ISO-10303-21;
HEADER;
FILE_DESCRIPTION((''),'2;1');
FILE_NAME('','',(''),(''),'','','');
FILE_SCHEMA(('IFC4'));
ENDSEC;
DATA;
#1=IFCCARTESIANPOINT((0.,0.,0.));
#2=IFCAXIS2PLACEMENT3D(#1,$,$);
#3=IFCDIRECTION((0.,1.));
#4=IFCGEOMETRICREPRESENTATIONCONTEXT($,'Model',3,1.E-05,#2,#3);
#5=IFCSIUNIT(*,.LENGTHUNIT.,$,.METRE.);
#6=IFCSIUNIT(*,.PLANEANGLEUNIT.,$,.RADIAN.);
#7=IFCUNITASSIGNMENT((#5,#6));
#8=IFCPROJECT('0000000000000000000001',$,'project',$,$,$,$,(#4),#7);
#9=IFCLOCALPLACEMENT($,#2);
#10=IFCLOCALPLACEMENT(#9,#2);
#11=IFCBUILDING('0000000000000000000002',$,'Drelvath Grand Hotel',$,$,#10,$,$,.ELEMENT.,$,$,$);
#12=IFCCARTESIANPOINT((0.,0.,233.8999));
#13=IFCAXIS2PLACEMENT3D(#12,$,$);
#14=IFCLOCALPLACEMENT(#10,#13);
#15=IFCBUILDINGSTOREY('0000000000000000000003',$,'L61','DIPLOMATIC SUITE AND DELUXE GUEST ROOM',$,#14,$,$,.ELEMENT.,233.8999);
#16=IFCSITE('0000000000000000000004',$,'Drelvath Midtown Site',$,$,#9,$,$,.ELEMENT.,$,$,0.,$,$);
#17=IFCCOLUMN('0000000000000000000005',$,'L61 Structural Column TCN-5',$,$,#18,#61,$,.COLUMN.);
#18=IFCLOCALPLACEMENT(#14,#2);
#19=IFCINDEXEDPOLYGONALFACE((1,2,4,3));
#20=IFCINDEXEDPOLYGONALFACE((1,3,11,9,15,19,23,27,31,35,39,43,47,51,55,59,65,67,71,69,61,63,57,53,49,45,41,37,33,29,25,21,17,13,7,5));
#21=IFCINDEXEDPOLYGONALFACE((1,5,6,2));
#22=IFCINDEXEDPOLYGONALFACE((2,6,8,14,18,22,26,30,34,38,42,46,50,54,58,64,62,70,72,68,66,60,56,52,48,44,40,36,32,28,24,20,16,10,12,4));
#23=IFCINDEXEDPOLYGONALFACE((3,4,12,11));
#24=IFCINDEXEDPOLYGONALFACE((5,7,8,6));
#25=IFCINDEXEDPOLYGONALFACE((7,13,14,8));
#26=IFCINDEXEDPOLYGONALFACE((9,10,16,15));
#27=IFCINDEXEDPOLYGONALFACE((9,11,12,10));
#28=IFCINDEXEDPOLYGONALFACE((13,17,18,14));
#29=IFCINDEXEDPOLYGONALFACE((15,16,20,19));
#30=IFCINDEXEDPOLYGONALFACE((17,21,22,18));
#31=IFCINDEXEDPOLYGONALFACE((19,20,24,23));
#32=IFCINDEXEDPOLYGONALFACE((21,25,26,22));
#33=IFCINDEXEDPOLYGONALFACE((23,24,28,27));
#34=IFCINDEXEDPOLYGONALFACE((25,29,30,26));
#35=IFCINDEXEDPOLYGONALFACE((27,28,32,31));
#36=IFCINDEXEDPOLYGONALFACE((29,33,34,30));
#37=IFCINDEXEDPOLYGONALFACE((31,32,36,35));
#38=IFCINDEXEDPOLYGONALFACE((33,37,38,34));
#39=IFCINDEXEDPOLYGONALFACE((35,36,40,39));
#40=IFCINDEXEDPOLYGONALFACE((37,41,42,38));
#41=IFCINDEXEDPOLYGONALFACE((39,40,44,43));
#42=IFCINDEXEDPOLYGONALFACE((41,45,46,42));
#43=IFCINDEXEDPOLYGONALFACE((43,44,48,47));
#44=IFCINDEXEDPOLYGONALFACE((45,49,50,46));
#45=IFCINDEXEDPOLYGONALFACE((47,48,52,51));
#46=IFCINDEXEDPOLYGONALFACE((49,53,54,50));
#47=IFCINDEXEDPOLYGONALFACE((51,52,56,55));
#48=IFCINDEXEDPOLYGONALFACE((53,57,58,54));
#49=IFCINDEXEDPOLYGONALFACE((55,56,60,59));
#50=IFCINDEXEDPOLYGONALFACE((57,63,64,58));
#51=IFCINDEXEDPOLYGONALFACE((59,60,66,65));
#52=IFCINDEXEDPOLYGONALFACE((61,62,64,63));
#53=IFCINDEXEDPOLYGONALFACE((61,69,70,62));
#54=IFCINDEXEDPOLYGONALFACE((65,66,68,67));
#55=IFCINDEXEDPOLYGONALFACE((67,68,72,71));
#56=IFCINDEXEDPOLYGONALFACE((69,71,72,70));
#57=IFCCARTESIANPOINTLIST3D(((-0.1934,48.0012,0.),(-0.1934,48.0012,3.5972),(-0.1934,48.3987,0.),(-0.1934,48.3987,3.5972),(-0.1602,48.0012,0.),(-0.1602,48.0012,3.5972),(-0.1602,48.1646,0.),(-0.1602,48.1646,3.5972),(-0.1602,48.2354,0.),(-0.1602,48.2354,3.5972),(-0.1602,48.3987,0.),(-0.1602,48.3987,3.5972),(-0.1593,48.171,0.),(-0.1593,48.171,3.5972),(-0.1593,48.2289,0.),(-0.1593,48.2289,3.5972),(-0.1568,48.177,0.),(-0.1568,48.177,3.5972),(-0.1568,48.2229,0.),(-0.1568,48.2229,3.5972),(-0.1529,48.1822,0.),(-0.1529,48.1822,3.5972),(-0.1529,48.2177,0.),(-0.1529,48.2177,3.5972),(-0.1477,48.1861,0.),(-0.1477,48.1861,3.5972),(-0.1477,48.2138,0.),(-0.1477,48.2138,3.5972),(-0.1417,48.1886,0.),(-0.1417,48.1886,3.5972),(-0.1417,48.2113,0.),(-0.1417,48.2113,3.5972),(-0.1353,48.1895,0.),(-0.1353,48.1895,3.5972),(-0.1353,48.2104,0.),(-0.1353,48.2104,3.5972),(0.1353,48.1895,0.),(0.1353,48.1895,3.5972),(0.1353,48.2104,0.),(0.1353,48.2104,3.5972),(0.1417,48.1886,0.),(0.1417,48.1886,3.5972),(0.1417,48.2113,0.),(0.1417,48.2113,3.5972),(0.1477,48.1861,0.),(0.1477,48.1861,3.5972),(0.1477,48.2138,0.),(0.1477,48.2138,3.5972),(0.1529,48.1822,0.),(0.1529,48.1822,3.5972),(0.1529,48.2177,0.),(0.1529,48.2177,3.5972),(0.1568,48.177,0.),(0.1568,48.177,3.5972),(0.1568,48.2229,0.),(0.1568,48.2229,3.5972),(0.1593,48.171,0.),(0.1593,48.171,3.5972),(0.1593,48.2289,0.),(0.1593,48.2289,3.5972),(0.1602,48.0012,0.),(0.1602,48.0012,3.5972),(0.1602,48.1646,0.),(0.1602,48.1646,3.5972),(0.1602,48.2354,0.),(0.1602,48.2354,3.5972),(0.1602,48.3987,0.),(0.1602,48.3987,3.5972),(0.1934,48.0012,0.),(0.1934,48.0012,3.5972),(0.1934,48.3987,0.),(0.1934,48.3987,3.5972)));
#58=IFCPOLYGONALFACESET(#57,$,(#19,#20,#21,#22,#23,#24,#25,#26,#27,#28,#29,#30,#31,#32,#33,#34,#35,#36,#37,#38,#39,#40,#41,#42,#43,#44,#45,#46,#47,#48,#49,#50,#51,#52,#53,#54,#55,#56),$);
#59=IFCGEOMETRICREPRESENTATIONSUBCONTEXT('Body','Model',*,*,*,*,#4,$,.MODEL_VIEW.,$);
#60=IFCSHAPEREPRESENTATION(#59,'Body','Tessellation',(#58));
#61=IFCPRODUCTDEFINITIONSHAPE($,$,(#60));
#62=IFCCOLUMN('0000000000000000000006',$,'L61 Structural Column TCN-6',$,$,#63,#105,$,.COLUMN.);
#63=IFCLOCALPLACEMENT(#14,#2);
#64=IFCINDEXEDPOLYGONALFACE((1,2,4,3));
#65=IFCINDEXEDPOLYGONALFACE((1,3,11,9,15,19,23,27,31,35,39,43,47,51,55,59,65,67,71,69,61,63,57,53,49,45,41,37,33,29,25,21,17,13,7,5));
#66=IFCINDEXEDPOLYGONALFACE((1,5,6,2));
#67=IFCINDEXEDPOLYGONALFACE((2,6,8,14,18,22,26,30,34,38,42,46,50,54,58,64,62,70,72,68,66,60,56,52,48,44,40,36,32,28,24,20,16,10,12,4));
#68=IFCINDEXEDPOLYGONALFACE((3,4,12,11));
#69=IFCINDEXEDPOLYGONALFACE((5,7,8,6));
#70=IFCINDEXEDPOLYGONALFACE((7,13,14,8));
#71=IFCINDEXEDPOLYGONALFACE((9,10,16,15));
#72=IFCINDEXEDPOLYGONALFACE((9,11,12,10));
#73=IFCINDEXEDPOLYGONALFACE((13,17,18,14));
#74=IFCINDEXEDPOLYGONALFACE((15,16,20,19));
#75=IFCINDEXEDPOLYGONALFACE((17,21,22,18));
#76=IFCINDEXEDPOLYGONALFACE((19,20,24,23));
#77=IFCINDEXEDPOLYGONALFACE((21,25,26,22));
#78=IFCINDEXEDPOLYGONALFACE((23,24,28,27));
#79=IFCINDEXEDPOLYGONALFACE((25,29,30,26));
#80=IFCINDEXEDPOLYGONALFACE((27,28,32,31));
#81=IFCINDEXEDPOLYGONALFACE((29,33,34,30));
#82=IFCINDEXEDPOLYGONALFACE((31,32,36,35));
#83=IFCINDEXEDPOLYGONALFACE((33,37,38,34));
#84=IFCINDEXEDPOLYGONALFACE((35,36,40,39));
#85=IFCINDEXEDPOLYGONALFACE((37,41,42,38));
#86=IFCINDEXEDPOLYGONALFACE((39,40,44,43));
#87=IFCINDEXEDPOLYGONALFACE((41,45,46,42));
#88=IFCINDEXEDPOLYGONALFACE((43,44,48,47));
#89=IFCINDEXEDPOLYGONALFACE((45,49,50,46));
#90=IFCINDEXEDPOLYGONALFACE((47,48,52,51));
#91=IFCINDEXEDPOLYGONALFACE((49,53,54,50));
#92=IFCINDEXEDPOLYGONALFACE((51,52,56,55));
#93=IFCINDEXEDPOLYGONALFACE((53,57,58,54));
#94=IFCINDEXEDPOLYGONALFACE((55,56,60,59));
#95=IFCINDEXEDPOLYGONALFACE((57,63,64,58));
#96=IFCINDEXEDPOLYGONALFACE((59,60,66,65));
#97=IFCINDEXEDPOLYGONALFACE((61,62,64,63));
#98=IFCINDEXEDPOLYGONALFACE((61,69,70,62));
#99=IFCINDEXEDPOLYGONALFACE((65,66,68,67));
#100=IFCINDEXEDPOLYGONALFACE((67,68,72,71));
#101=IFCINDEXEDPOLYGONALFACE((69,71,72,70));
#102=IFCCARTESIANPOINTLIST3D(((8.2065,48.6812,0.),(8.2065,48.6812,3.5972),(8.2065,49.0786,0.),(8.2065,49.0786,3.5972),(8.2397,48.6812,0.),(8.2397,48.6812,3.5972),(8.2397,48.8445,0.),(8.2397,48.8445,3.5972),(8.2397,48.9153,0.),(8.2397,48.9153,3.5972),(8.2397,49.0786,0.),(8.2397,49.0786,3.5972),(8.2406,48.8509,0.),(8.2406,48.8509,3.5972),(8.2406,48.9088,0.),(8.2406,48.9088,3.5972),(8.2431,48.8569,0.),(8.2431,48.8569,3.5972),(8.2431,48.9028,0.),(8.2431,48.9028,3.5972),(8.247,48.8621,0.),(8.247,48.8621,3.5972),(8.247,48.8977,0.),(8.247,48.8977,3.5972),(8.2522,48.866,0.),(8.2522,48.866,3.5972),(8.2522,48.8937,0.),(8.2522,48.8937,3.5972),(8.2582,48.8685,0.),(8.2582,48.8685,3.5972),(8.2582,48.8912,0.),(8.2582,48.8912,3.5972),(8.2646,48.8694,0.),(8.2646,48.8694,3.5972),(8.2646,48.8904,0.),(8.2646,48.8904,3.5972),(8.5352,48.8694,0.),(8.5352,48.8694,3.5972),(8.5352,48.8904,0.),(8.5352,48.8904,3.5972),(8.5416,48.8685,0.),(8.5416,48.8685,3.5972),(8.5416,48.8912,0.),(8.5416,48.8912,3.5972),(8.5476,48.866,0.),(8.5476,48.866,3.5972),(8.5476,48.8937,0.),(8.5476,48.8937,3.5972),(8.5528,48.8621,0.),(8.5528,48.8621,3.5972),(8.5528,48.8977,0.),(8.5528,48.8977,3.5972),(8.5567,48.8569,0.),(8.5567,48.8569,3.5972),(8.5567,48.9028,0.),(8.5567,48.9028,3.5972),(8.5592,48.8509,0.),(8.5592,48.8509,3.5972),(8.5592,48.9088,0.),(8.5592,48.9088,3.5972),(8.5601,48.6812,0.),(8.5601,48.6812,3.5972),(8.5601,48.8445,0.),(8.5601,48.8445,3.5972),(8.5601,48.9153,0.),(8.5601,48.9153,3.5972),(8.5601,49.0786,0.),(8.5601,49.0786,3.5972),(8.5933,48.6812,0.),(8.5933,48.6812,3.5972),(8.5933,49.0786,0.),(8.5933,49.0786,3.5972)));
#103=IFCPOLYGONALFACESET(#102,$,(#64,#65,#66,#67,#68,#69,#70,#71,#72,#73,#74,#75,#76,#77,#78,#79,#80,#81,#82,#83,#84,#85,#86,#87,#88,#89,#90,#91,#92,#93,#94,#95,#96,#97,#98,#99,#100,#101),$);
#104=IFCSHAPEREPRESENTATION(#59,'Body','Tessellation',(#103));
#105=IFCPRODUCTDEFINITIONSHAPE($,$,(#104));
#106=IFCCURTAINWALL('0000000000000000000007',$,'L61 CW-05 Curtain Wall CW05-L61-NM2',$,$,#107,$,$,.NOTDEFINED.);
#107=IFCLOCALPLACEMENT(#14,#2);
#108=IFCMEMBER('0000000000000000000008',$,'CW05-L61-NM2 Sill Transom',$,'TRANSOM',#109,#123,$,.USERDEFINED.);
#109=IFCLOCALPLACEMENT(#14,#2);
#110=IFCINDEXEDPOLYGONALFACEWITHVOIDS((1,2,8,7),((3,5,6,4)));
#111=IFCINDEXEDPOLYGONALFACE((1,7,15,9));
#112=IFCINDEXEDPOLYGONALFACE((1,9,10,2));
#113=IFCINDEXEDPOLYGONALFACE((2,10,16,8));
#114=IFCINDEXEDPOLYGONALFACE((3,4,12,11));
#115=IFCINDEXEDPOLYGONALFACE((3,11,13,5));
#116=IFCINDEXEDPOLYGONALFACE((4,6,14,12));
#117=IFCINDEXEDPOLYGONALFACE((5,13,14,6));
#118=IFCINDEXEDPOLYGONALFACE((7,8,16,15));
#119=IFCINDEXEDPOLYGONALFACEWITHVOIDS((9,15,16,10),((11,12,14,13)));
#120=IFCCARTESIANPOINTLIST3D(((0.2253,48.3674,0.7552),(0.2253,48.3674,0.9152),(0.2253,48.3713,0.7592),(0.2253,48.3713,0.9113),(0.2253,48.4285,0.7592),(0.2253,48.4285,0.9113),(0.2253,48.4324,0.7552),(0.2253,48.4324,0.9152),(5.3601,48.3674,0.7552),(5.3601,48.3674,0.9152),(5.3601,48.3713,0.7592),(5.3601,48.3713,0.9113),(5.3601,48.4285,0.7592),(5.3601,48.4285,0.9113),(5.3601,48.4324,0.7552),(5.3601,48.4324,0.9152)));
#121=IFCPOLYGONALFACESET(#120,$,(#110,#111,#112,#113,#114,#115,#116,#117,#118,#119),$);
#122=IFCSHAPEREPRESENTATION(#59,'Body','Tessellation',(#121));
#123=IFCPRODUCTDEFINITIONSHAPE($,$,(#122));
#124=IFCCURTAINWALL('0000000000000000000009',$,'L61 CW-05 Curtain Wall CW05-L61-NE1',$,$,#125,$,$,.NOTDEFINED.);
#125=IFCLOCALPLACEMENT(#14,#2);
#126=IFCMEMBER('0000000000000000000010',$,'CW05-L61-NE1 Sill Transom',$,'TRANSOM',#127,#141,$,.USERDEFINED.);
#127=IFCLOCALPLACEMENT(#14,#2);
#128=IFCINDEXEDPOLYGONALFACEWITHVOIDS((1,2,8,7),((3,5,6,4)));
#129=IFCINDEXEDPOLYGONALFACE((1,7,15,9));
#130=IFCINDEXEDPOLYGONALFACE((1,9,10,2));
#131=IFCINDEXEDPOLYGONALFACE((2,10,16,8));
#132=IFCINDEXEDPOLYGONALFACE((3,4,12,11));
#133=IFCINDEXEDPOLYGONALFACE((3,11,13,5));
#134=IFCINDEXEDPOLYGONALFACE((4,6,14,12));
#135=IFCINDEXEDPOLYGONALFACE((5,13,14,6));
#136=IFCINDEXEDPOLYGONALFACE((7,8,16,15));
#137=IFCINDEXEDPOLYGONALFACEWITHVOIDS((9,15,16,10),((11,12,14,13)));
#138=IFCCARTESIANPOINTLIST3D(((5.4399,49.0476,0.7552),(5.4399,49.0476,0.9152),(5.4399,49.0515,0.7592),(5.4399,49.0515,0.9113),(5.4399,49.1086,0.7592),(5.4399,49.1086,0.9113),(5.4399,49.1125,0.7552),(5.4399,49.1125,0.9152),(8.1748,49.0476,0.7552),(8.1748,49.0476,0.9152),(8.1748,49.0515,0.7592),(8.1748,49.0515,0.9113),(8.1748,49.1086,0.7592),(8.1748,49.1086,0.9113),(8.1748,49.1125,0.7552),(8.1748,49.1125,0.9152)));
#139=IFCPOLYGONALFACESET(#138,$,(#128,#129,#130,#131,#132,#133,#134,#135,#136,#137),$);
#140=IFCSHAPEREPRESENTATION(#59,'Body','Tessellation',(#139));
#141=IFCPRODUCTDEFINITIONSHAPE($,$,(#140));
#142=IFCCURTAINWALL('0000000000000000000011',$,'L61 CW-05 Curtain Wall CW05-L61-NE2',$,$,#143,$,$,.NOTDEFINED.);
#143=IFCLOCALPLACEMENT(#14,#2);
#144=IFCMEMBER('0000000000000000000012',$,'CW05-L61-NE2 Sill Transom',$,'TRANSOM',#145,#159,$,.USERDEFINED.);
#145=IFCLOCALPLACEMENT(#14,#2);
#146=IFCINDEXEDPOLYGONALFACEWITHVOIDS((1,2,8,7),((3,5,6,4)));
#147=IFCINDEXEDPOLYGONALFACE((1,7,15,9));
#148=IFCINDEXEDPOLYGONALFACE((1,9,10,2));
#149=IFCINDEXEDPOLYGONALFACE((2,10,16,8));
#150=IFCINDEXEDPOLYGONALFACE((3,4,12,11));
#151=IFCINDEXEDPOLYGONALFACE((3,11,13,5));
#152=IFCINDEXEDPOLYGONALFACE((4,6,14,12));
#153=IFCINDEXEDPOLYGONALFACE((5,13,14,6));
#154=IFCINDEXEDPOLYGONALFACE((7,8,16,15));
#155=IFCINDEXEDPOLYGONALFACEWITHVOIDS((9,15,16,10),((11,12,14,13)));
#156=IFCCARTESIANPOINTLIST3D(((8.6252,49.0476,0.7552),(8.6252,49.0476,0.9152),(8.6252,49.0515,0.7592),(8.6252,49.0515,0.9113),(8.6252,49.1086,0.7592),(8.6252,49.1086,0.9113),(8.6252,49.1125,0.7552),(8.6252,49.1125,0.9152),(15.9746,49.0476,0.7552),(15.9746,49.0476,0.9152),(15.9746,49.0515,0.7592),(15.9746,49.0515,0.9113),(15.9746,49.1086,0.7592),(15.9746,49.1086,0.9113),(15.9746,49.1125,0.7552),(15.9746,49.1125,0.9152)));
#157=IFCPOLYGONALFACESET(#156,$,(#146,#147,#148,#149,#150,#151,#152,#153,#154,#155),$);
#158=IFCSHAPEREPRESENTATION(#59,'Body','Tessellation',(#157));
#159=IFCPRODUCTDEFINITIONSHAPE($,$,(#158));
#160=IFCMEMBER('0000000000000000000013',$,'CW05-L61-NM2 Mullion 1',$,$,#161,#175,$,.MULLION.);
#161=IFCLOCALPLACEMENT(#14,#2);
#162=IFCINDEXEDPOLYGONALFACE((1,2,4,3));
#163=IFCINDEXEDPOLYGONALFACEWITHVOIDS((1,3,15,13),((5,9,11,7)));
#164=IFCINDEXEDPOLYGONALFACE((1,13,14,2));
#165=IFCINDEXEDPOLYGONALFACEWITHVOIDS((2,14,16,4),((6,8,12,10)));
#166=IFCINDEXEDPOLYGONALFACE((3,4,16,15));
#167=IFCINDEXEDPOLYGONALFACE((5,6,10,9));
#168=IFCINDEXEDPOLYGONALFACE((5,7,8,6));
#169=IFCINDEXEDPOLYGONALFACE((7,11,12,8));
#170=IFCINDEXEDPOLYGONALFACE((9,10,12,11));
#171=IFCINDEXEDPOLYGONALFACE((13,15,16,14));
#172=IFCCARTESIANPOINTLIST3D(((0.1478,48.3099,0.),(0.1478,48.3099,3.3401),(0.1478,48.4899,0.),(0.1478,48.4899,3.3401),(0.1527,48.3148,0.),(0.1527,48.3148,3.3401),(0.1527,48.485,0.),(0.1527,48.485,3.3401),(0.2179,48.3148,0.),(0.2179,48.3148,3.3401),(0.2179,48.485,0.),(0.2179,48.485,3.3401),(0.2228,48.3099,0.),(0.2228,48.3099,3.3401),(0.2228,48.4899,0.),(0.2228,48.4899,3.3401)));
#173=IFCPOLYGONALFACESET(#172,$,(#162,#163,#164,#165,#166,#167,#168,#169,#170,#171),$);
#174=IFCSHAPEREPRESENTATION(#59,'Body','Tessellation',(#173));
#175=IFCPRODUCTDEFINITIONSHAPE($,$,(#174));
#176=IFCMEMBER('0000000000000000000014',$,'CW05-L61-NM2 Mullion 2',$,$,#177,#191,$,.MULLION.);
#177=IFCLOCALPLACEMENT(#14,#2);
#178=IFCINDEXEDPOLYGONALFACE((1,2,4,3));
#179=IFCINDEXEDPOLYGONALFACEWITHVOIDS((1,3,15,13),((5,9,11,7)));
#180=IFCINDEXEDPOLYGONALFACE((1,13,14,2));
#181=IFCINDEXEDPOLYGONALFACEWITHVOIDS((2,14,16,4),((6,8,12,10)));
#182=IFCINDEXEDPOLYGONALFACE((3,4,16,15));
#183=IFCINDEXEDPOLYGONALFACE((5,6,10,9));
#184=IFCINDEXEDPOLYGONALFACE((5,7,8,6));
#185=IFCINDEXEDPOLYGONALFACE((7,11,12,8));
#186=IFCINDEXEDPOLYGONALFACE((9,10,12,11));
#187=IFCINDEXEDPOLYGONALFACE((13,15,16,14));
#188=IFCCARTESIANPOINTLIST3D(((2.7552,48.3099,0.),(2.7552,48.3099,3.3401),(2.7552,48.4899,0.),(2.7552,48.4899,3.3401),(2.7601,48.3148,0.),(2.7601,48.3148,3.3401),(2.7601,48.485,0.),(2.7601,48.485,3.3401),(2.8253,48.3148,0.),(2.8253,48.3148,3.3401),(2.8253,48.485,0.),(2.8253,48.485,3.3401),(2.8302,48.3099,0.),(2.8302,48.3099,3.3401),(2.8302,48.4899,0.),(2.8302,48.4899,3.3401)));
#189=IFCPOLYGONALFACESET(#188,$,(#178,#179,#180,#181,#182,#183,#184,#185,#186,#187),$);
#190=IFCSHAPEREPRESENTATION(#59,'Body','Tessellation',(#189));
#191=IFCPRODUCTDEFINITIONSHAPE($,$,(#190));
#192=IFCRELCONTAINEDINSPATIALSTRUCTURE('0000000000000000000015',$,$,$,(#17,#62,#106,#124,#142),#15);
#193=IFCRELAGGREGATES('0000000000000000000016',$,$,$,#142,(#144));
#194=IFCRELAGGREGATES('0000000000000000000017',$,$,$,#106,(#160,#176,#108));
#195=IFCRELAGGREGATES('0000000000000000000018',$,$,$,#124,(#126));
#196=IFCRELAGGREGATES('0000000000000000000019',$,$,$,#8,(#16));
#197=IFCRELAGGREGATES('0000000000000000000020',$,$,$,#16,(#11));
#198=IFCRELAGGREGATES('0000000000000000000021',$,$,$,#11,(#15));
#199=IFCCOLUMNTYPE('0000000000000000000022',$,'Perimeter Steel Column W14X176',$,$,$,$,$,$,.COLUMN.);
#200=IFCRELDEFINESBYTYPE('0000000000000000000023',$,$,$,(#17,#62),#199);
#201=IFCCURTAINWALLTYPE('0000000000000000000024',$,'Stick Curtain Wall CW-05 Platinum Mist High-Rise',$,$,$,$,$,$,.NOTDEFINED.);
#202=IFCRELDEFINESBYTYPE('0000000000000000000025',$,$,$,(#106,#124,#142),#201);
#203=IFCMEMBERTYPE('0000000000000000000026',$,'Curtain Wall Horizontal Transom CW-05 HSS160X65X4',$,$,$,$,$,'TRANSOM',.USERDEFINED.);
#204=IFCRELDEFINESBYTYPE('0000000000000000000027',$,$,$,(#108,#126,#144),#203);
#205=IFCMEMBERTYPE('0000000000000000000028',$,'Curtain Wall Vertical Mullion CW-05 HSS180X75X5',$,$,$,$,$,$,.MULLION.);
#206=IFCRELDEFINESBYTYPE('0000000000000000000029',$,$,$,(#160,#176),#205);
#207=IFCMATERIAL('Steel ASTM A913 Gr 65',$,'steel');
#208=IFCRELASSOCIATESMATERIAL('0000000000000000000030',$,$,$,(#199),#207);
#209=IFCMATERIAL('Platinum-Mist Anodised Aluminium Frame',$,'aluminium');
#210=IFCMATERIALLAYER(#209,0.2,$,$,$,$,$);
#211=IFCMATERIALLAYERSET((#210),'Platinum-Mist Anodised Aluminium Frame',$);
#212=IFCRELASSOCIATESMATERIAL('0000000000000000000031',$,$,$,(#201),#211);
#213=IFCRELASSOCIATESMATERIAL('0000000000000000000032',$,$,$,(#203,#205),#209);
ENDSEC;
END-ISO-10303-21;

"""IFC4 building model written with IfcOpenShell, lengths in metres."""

from ifc_helpers import new_model, si_unit, direction, frame, origin, origin_2d, place, context, subcontext, project, spatial, hollow_rectangle, i_section, extrude, material, layer, layer_set, material_profile, profile_set, type_object, element, aggregate, save


model = new_model("IFC4")

# Units and contexts
model_context = context("Model", 3, precision=1e-05, world=origin(), true_north=direction((0.0, 1.0)))
body_context = subcontext(model_context, "Body", "Model", "MODEL_VIEW")
ifc_project = project(units=[si_unit("LENGTHUNIT", "METRE"), si_unit("PLANEANGLEUNIT", "RADIAN")], contexts=[model_context])

# Site, building, storey
site_placement = place(None, origin())
site = spatial("IfcSite", under=ifc_project, at=site_placement, Name="Drelvath Midtown Site", CompositionType="ELEMENT", RefElevation=0.0)
building_placement = place(site_placement, origin())
building = spatial("IfcBuilding", under=site, at=building_placement, Name="Drelvath Grand Hotel", CompositionType="ELEMENT")
storey_placement = place(building_placement, frame((0.0, 0.0, 233.8999)))
storey = spatial("IfcBuildingStorey", under=building, at=storey_placement, Name="L61", Description="DIPLOMATIC SUITE AND DELUXE GUEST ROOM", CompositionType="ELEMENT", Elevation=233.8999)

# Columns
ifc_material_1 = material(Name="Steel ASTM A913 Gr 65", Category="steel")
ifc_material_profile_1 = material_profile(ifc_material_1, i_section(OverallWidth=0.3975, OverallDepth=0.3867, WebThickness=0.021, FlangeThickness=0.0332, FilletRadius=0.0249, at=origin_2d()), Name="W14X176")
ifc_profile_set_1 = profile_set([ifc_material_profile_1], Name="Steel ASTM A913 Gr 65")
column_type = type_object("IfcColumnType", Name="Perimeter Steel Column W14X176", PredefinedType="COLUMN", material=ifc_profile_set_1)
for number, where, z_axis, x_axis, name in (
    (1, (0.0, 48.2, 0.0), (0.0, 0.0, 1.0), (0.0, 1.0, 0.0), "L61 Structural Column TCN-5"),
    (2, (8.3999, 48.8799, 0.0), (0.0, 0.0, 1.0), (0.0, 1.0, 0.0), "L61 Structural Column TCN-6"),
):
    element("IfcColumn", number, at=place(storey_placement, frame(where, z_axis=z_axis, x_axis=x_axis)), inside=storey, type_object=column_type, Name=name, PredefinedType="COLUMN", context=body_context, shape_type="SweptSolid", body=[
        extrude(i_section(OverallWidth=0.3975, OverallDepth=0.3867, WebThickness=0.021, FlangeThickness=0.0332, FilletRadius=0.0249, at=origin_2d()), origin(), (0.0, 0.0, 1.0), 3.5972),
    ])

# Curtain walls, members
ifc_material_2 = material(Name="Platinum-Mist Anodised Aluminium Frame", Category="aluminium")
ifc_layer_1 = layer(ifc_material_2, 0.2)
ifc_layer_set_1 = layer_set([ifc_layer_1], Name="Platinum-Mist Anodised Aluminium Frame")
curtain_wall_type = type_object("IfcCurtainWallType", Name="Stick Curtain Wall CW-05 Platinum Mist High-Rise", PredefinedType="NOTDEFINED", material=ifc_layer_set_1)
curtain_wall_1_placement = place(storey_placement, origin())
curtain_wall_1 = element("IfcCurtainWall", 3, at=curtain_wall_1_placement, inside=storey, type_object=curtain_wall_type, Name="L61 CW-05 Curtain Wall CW05-L61-NM2", PredefinedType="NOTDEFINED")
ifc_material_profile_2 = material_profile(ifc_material_2, hollow_rectangle(XDim=0.0649, YDim=0.1599, WallThickness=0.0039, at=origin_2d()), Name="HSS160X65X4")
ifc_profile_set_2 = profile_set([ifc_material_profile_2], Name="Platinum-Mist Anodised Aluminium Frame")
member_type_1 = type_object("IfcMemberType", Name="Curtain Wall Horizontal Transom CW-05 HSS160X65X4", ElementType="TRANSOM", PredefinedType="USERDEFINED", material=ifc_profile_set_2)
member_1_placement = place(storey_placement, frame((0.2253, 48.3999, 0.8352), z_axis=(1.0, 0.0, 0.0), x_axis=(0.0, 1.0, 0.0)))
member_1 = element("IfcMember", 4, at=member_1_placement, type_object=member_type_1, Name="CW05-L61-NM2 Sill Transom", ObjectType="TRANSOM", PredefinedType="USERDEFINED", context=body_context, shape_type="SweptSolid", body=[
    extrude(hollow_rectangle(XDim=0.0649, YDim=0.1599, WallThickness=0.0039, at=origin_2d()), origin(), (0.0, 0.0, 1.0), 5.1348),
])
curtain_wall_2_placement = place(storey_placement, origin())
curtain_wall_2 = element("IfcCurtainWall", 5, at=curtain_wall_2_placement, inside=storey, type_object=curtain_wall_type, Name="L61 CW-05 Curtain Wall CW05-L61-NE1", PredefinedType="NOTDEFINED")
member_2_placement = place(storey_placement, frame((5.4399, 49.0801, 0.8352), z_axis=(1.0, 0.0, 0.0), x_axis=(0.0, 1.0, 0.0)))
member_2 = element("IfcMember", 6, at=member_2_placement, type_object=member_type_1, Name="CW05-L61-NE1 Sill Transom", ObjectType="TRANSOM", PredefinedType="USERDEFINED", context=body_context, shape_type="SweptSolid", body=[
    extrude(hollow_rectangle(XDim=0.0649, YDim=0.1599, WallThickness=0.0039, at=origin_2d()), origin(), (0.0, 0.0, 1.0), 2.7349),
])
curtain_wall_3_placement = place(storey_placement, origin())
curtain_wall_3 = element("IfcCurtainWall", 7, at=curtain_wall_3_placement, inside=storey, type_object=curtain_wall_type, Name="L61 CW-05 Curtain Wall CW05-L61-NE2", PredefinedType="NOTDEFINED")
member_3_placement = place(storey_placement, frame((8.6252, 49.0801, 0.8352), z_axis=(1.0, 0.0, 0.0), x_axis=(0.0, 1.0, 0.0)))
member_3 = element("IfcMember", 8, at=member_3_placement, type_object=member_type_1, Name="CW05-L61-NE2 Sill Transom", ObjectType="TRANSOM", PredefinedType="USERDEFINED", context=body_context, shape_type="SweptSolid", body=[
    extrude(hollow_rectangle(XDim=0.0649, YDim=0.1599, WallThickness=0.0039, at=origin_2d()), origin(), (0.0, 0.0, 1.0), 7.3494),
])

# Members
ifc_material_profile_3 = material_profile(ifc_material_2, hollow_rectangle(XDim=0.075, YDim=0.1799, WallThickness=0.0049, at=origin_2d()), Name="HSS180X75X5")
ifc_profile_set_3 = profile_set([ifc_material_profile_3], Name="Platinum-Mist Anodised Aluminium Frame")
member_type_2 = type_object("IfcMemberType", Name="Curtain Wall Vertical Mullion CW-05 HSS180X75X5", PredefinedType="MULLION", material=ifc_profile_set_3)
member_4_placement = place(storey_placement, frame((0.1853, 48.3999, 0.0), z_axis=(0.0, 0.0, 1.0), x_axis=(1.0, 0.0, 0.0)))
member_4 = element("IfcMember", 9, at=member_4_placement, type_object=member_type_2, Name="CW05-L61-NM2 Mullion 1", PredefinedType="MULLION", context=body_context, shape_type="SweptSolid", body=[
    extrude(hollow_rectangle(XDim=0.075, YDim=0.1799, WallThickness=0.0049, at=origin_2d()), origin(), (0.0, 0.0, 1.0), 3.3401),
])
member_5_placement = place(storey_placement, frame((2.7927, 48.3999, 0.0), z_axis=(0.0, 0.0, 1.0), x_axis=(1.0, 0.0, 0.0)))
member_5 = element("IfcMember", 10, at=member_5_placement, type_object=member_type_2, Name="CW05-L61-NM2 Mullion 2", PredefinedType="MULLION", context=body_context, shape_type="SweptSolid", body=[
    extrude(hollow_rectangle(XDim=0.075, YDim=0.1799, WallThickness=0.0049, at=origin_2d()), origin(), (0.0, 0.0, 1.0), 3.3401),
])
aggregate(curtain_wall_3, [member_3])

aggregate(curtain_wall_1, [member_4, member_5, member_1])
aggregate(curtain_wall_2, [member_2])

save(model, "model.ifc")
